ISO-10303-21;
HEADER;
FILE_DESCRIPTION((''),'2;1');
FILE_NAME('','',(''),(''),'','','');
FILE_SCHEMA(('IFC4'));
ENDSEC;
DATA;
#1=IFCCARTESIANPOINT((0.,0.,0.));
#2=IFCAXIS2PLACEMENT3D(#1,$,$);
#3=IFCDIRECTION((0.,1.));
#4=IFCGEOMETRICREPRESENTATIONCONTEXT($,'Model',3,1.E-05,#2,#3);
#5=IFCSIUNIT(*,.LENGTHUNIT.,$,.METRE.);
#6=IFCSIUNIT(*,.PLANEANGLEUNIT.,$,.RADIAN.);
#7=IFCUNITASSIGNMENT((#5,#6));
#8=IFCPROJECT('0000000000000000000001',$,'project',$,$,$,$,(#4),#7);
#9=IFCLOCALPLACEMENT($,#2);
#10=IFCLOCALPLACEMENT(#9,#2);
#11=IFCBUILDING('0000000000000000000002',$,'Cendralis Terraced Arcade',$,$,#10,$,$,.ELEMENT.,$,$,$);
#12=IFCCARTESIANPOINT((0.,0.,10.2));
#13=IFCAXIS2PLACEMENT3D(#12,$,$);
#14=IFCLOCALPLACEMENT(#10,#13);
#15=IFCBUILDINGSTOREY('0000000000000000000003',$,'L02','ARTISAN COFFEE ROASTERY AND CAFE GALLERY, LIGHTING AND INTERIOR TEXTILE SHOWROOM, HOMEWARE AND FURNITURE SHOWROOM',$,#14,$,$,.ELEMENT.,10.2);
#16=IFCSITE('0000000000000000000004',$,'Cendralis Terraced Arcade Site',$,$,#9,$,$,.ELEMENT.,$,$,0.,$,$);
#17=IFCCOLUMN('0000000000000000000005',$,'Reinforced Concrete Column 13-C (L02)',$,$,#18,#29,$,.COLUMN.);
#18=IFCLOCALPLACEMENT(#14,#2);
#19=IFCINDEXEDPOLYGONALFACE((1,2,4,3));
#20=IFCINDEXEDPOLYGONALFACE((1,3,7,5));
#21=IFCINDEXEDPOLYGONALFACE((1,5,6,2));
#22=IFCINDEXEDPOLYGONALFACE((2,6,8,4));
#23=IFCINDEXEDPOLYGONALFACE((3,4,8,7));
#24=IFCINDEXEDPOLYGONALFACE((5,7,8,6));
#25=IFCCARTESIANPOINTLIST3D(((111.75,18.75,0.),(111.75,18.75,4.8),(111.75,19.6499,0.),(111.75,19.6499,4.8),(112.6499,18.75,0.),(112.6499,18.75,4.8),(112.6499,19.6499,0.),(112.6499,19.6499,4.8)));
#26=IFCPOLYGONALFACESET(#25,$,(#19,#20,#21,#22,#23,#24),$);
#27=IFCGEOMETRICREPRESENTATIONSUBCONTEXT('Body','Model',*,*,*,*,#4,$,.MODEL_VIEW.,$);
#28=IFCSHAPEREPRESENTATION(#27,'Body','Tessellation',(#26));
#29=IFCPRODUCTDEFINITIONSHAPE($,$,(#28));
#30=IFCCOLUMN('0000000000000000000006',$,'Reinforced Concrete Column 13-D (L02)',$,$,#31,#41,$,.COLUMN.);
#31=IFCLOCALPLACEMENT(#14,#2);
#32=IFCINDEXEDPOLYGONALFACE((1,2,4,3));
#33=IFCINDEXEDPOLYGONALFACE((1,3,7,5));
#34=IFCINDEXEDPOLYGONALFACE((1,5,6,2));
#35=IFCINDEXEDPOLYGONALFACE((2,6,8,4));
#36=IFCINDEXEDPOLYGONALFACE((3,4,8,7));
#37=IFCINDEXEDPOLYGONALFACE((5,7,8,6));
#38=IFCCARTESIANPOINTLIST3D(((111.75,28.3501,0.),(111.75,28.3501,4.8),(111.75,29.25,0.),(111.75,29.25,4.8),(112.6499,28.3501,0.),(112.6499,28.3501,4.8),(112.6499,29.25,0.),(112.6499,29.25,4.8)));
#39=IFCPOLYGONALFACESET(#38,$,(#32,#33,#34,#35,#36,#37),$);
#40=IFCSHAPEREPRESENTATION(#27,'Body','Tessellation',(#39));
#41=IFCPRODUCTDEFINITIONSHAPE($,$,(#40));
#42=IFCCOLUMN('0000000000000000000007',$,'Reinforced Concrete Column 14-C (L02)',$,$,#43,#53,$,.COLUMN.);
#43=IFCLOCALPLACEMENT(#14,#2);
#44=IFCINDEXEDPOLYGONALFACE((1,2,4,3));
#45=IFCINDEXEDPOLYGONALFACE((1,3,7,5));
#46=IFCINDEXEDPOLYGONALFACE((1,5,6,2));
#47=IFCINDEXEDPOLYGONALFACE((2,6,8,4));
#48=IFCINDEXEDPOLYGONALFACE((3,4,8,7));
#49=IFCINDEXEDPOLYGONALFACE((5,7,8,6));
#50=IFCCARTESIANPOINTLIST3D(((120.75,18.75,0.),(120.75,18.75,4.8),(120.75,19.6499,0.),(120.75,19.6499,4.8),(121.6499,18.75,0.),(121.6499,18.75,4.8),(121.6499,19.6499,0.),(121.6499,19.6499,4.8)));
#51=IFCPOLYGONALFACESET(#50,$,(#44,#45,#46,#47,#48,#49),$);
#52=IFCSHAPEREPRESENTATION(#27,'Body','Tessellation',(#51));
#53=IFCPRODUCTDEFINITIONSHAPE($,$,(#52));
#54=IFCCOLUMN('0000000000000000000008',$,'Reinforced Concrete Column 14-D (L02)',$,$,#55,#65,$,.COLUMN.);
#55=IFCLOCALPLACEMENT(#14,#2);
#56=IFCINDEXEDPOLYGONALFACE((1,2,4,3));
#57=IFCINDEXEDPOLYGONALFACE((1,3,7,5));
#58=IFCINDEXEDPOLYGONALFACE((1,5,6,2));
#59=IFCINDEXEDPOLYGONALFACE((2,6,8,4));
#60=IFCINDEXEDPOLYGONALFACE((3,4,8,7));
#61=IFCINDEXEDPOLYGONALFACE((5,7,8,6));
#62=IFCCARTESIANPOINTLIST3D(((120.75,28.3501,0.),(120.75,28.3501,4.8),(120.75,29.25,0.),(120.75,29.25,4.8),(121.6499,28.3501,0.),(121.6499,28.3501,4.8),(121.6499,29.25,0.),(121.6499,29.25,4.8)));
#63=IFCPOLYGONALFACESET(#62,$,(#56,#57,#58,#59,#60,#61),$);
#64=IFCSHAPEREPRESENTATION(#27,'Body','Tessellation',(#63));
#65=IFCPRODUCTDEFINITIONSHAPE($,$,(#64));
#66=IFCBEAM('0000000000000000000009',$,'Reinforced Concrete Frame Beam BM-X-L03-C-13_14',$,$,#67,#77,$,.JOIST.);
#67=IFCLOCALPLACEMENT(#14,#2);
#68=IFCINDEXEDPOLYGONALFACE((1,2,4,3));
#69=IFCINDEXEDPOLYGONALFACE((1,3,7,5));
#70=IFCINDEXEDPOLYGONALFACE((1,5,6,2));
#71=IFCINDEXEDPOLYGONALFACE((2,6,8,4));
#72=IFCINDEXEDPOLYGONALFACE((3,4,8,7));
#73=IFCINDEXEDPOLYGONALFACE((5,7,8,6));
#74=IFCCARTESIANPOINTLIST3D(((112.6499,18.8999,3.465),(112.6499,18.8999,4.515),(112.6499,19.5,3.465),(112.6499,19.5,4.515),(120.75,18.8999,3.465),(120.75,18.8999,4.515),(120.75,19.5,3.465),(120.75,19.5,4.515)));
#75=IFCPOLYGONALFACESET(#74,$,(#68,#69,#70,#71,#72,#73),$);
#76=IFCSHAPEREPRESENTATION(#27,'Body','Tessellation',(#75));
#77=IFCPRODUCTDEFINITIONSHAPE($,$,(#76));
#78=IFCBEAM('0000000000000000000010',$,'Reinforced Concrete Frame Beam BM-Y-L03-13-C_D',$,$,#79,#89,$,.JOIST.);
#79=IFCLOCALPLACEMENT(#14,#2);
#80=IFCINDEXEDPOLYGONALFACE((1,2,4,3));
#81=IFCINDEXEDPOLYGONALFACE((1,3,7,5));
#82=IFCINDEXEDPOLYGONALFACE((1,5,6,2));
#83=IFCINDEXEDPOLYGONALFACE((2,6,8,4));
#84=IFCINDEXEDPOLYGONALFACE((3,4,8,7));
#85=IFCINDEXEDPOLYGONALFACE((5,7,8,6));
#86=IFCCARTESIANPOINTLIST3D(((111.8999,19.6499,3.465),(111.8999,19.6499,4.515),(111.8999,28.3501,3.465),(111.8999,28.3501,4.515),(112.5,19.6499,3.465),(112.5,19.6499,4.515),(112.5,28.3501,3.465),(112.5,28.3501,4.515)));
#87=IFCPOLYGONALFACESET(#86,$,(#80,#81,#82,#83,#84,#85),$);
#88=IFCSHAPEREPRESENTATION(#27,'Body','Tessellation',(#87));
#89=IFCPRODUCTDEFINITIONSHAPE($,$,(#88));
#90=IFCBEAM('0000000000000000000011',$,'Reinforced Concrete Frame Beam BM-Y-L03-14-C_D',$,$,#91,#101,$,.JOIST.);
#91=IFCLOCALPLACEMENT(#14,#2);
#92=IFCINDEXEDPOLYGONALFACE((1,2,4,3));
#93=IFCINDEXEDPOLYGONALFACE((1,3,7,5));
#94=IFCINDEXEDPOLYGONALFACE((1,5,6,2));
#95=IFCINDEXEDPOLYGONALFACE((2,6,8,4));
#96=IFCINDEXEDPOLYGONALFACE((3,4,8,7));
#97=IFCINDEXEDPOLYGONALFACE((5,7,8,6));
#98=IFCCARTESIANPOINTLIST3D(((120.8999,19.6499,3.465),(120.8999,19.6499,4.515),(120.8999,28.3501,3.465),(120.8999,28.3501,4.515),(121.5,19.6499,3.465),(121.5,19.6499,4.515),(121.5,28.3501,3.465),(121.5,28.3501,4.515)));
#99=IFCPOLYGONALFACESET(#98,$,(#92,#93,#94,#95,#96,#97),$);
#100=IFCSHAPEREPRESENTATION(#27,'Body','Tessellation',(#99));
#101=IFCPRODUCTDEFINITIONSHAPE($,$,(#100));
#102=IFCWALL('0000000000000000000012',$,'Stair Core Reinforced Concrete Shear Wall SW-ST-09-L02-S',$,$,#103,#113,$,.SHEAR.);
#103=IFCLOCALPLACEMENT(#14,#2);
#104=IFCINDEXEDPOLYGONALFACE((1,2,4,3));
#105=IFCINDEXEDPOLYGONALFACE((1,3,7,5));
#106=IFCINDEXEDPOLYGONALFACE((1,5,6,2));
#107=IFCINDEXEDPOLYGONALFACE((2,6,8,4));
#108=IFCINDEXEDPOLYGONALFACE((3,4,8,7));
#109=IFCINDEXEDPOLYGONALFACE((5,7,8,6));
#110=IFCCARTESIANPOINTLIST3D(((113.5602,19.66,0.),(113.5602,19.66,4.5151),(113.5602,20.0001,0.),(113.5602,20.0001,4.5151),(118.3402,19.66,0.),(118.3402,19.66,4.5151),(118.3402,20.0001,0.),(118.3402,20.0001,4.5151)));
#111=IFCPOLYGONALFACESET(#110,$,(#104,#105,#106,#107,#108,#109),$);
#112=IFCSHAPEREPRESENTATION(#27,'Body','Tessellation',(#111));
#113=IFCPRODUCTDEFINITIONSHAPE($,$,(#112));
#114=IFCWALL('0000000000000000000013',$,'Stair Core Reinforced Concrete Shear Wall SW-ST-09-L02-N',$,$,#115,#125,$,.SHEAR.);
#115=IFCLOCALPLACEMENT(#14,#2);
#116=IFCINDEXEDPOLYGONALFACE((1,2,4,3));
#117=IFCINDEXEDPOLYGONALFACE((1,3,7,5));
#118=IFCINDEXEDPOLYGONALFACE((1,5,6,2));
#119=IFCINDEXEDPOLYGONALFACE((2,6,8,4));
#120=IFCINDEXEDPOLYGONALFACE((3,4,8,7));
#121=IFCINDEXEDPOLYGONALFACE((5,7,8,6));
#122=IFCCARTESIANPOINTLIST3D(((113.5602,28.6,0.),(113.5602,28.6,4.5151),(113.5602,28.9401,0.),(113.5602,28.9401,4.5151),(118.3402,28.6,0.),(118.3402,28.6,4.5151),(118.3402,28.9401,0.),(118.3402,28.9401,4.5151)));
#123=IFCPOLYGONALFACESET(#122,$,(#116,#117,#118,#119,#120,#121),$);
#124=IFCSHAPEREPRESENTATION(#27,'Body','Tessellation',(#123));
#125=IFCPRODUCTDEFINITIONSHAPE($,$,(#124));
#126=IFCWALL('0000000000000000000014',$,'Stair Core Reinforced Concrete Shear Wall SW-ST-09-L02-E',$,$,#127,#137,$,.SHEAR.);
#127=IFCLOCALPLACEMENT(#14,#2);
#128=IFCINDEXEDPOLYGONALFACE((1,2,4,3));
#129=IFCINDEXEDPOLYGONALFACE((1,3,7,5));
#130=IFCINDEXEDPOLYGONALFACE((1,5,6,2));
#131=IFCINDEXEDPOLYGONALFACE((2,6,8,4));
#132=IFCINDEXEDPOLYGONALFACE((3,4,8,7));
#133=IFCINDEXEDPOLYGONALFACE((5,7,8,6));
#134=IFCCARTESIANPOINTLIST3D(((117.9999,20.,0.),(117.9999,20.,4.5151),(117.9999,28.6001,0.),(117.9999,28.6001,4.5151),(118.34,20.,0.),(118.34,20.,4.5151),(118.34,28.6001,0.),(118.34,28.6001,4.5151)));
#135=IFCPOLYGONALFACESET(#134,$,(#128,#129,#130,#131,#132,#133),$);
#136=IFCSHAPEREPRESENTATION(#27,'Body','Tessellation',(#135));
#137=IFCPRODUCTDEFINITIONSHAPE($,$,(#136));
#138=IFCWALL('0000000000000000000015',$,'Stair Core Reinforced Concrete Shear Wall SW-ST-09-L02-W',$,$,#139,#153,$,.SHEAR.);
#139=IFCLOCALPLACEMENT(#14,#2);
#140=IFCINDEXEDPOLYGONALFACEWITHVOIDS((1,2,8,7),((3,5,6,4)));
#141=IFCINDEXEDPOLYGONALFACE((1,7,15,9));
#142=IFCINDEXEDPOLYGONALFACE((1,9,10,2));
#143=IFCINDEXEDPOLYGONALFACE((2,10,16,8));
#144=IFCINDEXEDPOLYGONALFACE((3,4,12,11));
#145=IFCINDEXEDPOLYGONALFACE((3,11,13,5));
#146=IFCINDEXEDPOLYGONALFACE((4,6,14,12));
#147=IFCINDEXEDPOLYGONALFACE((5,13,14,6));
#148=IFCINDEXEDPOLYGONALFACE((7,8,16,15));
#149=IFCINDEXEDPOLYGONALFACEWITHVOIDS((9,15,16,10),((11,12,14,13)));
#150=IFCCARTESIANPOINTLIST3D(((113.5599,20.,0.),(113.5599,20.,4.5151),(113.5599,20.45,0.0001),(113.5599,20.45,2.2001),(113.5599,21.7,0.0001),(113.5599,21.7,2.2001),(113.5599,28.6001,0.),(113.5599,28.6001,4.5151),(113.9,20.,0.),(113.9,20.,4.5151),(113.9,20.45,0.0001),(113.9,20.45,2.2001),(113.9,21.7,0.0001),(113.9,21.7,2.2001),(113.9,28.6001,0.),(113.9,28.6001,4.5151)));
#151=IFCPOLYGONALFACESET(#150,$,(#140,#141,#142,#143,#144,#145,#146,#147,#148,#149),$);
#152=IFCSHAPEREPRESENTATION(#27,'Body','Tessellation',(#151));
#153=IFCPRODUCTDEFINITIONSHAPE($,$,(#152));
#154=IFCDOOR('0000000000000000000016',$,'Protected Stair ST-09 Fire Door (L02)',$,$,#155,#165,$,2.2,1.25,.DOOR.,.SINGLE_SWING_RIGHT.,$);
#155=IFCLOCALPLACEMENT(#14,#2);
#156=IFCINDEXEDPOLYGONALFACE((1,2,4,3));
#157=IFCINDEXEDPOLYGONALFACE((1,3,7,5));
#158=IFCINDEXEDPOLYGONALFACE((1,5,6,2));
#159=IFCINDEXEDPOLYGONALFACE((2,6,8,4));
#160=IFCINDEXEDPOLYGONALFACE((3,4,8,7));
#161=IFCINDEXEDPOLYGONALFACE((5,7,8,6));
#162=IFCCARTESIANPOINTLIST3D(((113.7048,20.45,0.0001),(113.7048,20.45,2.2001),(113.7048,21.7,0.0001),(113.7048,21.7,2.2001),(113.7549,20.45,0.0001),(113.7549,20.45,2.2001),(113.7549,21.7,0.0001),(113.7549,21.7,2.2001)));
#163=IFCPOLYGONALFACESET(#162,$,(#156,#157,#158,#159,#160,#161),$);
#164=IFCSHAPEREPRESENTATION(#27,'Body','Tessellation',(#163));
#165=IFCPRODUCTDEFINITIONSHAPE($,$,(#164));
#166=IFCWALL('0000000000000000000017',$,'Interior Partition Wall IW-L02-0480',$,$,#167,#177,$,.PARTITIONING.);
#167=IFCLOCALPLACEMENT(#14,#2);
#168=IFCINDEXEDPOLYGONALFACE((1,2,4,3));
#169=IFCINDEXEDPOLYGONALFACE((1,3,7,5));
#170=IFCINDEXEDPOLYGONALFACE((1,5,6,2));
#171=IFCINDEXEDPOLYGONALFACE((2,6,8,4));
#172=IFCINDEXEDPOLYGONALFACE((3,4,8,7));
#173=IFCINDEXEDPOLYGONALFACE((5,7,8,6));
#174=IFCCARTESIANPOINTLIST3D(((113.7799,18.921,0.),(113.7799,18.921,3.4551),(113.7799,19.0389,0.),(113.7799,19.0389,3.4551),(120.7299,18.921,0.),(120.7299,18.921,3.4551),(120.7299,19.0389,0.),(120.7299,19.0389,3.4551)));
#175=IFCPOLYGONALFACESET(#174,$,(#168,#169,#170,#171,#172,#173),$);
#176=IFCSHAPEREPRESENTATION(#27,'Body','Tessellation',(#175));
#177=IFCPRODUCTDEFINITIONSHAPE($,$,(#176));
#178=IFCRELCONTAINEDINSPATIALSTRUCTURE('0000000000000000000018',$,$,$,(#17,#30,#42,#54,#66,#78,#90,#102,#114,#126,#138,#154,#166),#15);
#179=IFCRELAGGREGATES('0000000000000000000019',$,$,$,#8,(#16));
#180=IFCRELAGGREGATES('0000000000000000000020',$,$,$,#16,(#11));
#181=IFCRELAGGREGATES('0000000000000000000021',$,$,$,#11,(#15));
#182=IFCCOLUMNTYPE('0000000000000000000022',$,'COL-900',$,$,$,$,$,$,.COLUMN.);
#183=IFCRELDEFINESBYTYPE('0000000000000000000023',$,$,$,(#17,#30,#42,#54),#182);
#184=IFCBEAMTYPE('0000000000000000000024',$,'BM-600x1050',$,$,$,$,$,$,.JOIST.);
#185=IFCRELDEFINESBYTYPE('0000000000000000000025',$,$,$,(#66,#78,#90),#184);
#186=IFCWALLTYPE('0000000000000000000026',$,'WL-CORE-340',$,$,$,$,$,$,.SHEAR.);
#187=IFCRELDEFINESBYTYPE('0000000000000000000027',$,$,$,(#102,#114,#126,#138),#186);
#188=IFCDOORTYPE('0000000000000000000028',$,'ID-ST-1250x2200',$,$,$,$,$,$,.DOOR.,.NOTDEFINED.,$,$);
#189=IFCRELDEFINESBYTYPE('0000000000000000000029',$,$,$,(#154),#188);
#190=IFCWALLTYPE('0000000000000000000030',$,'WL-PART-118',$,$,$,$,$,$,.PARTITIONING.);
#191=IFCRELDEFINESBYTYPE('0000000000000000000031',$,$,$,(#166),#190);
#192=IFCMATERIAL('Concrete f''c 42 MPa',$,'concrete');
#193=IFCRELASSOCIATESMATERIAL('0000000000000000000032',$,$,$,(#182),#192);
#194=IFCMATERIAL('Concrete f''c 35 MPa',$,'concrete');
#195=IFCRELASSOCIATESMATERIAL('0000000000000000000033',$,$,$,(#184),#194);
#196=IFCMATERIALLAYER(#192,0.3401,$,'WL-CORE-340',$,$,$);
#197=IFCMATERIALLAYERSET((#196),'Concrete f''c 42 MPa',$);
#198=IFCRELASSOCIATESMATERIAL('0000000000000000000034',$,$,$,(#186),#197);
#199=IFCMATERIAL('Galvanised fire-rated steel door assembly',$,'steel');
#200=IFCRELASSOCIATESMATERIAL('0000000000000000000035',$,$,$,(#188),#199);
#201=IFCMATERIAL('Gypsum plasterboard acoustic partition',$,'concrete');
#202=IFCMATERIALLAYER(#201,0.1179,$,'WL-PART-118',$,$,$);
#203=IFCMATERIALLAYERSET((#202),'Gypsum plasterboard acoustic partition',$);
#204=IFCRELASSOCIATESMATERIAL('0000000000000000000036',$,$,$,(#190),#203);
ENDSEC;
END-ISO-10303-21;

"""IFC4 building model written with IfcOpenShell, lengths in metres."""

from ifc_helpers import new_model, si_unit, direction, frame, frame_2d, origin, origin_2d, place, context, subcontext, project, spatial, rectangle, extrude, material, layer, layer_set, material_profile, profile_set, type_object, element, fill, save


model = new_model("IFC4")

# Units and contexts
model_context = context("Model", 3, precision=1e-05, world=origin(), true_north=direction((0.0, 1.0)))
body_context = subcontext(model_context, "Body", "Model", "MODEL_VIEW")
ifc_project = project(units=[si_unit("LENGTHUNIT", "METRE"), si_unit("PLANEANGLEUNIT", "RADIAN")], contexts=[model_context])

# Site, building, storey
site_placement = place(None, origin())
site = spatial("IfcSite", under=ifc_project, at=site_placement, Name="Cendralis Terraced Arcade Site", CompositionType="ELEMENT", RefElevation=0.0)
building_placement = place(site_placement, origin())
building = spatial("IfcBuilding", under=site, at=building_placement, Name="Cendralis Terraced Arcade", CompositionType="ELEMENT")
storey_placement = place(building_placement, frame((0.0, 0.0, 10.2)))
storey = spatial("IfcBuildingStorey", under=building, at=storey_placement, Name="L02", Description="ARTISAN COFFEE ROASTERY AND CAFE GALLERY, LIGHTING AND INTERIOR TEXTILE SHOWROOM, HOMEWARE AND FURNITURE SHOWROOM", CompositionType="ELEMENT", Elevation=10.2)

# Columns
ifc_material_1 = material(Name="Concrete f'c 42 MPa", Category="concrete")
ifc_material_profile_1 = material_profile(ifc_material_1, rectangle(XDim=0.8999, YDim=0.8999, at=origin_2d()), Name="RC-COL-900x900", Category="LoadBearing")
ifc_profile_set_1 = profile_set([ifc_material_profile_1], Name="Concrete f'c 42 MPa")
column_type = type_object("IfcColumnType", Name="COL-900", PredefinedType="COLUMN", material=ifc_profile_set_1)
for number, where, z_axis, x_axis, name in (
    (1, (112.2, 19.2, 0.0), (0.0, 0.0, 1.0), (1.0, 0.0, 0.0), "Reinforced Concrete Column 13-C (L02)"),
    (2, (112.2, 28.8, 0.0), (0.0, 0.0, 1.0), (1.0, 0.0, 0.0), "Reinforced Concrete Column 13-D (L02)"),
    (3, (121.2, 19.2, 0.0), (0.0, 0.0, 1.0), (1.0, 0.0, 0.0), "Reinforced Concrete Column 14-C (L02)"),
    (4, (121.2, 28.8, 0.0), (0.0, 0.0, 1.0), (1.0, 0.0, 0.0), "Reinforced Concrete Column 14-D (L02)"),
):
    element("IfcColumn", number, at=place(storey_placement, frame(where, z_axis=z_axis, x_axis=x_axis)), inside=storey, type_object=column_type, Name=name, PredefinedType="COLUMN", context=body_context, shape_type="SweptSolid", body=[
        extrude(rectangle(XDim=0.8999, YDim=0.8999, at=origin_2d()), origin(), (0.0, 0.0, 1.0), 4.8),
    ])

# Beams
ifc_material_2 = material(Name="Concrete f'c 35 MPa", Category="concrete")
ifc_material_profile_2 = material_profile(ifc_material_2, rectangle(XDim=0.6001, YDim=1.05, at=origin_2d()), Name="RC-BM-600x1050", Category="LoadBearing")
ifc_profile_set_2 = profile_set([ifc_material_profile_2], Name="Concrete f'c 35 MPa")
beam_type = type_object("IfcBeamType", Name="BM-600x1050", PredefinedType="JOIST", material=ifc_profile_set_2)
beam_placement = place(storey_placement, frame((112.6499, 19.2, 3.99), z_axis=(1.0, 0.0, 0.0), x_axis=(0.0, 1.0, 0.0)))
element("IfcBeam", 5, at=beam_placement, inside=storey, type_object=beam_type, Name="Reinforced Concrete Frame Beam BM-X-L03-C-13_14", PredefinedType="JOIST", context=body_context, shape_type="SweptSolid", body=[
    extrude(rectangle(XDim=0.6001, YDim=1.05, at=origin_2d()), origin(), (0.0, 0.0, 1.0), 8.1001),
])
for number, where, z_axis, x_axis, name in (
    (6, (112.2, 19.6499, 3.99), (0.0, 1.0, 0.0), (-1.0, 0.0, 0.0), "Reinforced Concrete Frame Beam BM-Y-L03-13-C_D"),
    (7, (121.2, 19.6499, 3.99), (0.0, 1.0, 0.0), (-1.0, 0.0, 0.0), "Reinforced Concrete Frame Beam BM-Y-L03-14-C_D"),
):
    element("IfcBeam", number, at=place(storey_placement, frame(where, z_axis=z_axis, x_axis=x_axis)), inside=storey, type_object=beam_type, Name=name, PredefinedType="JOIST", context=body_context, shape_type="SweptSolid", body=[
        extrude(rectangle(XDim=0.6001, YDim=1.05, at=origin_2d()), origin(), (0.0, 0.0, 1.0), 8.7002),
    ])

# Walls
ifc_layer_1 = layer(ifc_material_1, 0.3401, Name="WL-CORE-340")
ifc_layer_set_1 = layer_set([ifc_layer_1], Name="Concrete f'c 42 MPa")
wall_type_1 = type_object("IfcWallType", Name="WL-CORE-340", PredefinedType="SHEAR", material=ifc_layer_set_1)
for number, where, z_axis, x_axis, name in (
    (8, (113.5601, 19.8301, 0.0), (0.0, 0.0, 1.0), (1.0, 0.0, 0.0), "Stair Core Reinforced Concrete Shear Wall SW-ST-09-L02-S"),
    (9, (113.5601, 28.77, 0.0), (0.0, 0.0, 1.0), (1.0, 0.0, 0.0), "Stair Core Reinforced Concrete Shear Wall SW-ST-09-L02-N"),
):
    element("IfcWall", number, at=place(storey_placement, frame(where, z_axis=z_axis, x_axis=x_axis)), inside=storey, type_object=wall_type_1, Name=name, PredefinedType="SHEAR", context=body_context, shape_type="SweptSolid", body=[
        extrude(rectangle(XDim=4.78, YDim=0.3401, at=frame_2d((2.3901, 0.0))), origin(), (0.0, 0.0, 1.0), 4.5151),
    ])
wall_1_placement = place(storey_placement, frame((118.1699, 20.0, 0.0), z_axis=(0.0, 0.0, 1.0), x_axis=(0.0, 1.0, 0.0)))
element("IfcWall", 10, at=wall_1_placement, inside=storey, type_object=wall_type_1, Name="Stair Core Reinforced Concrete Shear Wall SW-ST-09-L02-E", PredefinedType="SHEAR", context=body_context, shape_type="SweptSolid", body=[
    extrude(rectangle(XDim=8.6001, YDim=0.3401, at=frame_2d((4.3, 0.0))), origin(), (0.0, 0.0, 1.0), 4.5151),
])

# Wall, opening, door
wall_2_placement = place(storey_placement, frame((113.73, 20.0, 0.0), z_axis=(0.0, 0.0, 1.0), x_axis=(0.0, 1.0, 0.0)))
wall_2 = element("IfcWall", 11, at=wall_2_placement, inside=storey, type_object=wall_type_1, Name="Stair Core Reinforced Concrete Shear Wall SW-ST-09-L02-W", PredefinedType="SHEAR", context=body_context, shape_type="SweptSolid", body=[
    extrude(rectangle(XDim=8.6001, YDim=0.3401, at=frame_2d((4.3, 0.0))), origin(), (0.0, 0.0, 1.0), 4.5151),
])
opening_1_placement = place(wall_2_placement, frame((0.45, 0.0, 0.0)))
opening_1 = element("IfcOpeningElement", 12, at=opening_1_placement, cuts=wall_2, PredefinedType="OPENING", context=body_context, shape_type="SweptSolid", body=[
    extrude(rectangle(XDim=1.25, YDim=2.2, at=frame_2d((0.625, 1.1001))), frame((0.0, 0.1821, 0.0), z_axis=(0.0, -1.0, 0.0), x_axis=(1.0, 0.0, 0.0)), (0.0, 0.0, 1.0), 0.364),
])
ifc_material_3 = material(Name="Galvanised fire-rated steel door assembly", Category="steel")
door_type_1 = type_object("IfcDoorType", Name="ID-ST-1250x2200", OperationType="NOTDEFINED", PredefinedType="DOOR", material=ifc_material_3)
door_1_placement = place(opening_1_placement, frame((1.25, 0.0, 0.0), z_axis=(0.0, 0.0, 1.0), x_axis=(-1.0, 0.0, 0.0)))
door_1 = element("IfcDoor", 13, at=door_1_placement, inside=storey, type_object=door_type_1, Name="Protected Stair ST-09 Fire Door (L02)", OperationType="SINGLE_SWING_RIGHT", OverallHeight=2.2, OverallWidth=1.25, PredefinedType="DOOR", context=body_context, shape_type="SweptSolid", body=[
    extrude(rectangle(XDim=1.25, YDim=2.2, at=frame_2d((0.625, 1.1001))), frame((0.0, 0.0249, 0.0), z_axis=(0.0, -1.0, 0.0), x_axis=(1.0, 0.0, 0.0)), (0.0, 0.0, 1.0), 0.05),
])
fill(opening_1, door_1)

# Wall
ifc_material_4 = material(Name="Gypsum plasterboard acoustic partition", Category="concrete")
ifc_layer_2 = layer(ifc_material_4, 0.1179, Name="WL-PART-118")
ifc_layer_set_2 = layer_set([ifc_layer_2], Name="Gypsum plasterboard acoustic partition")
wall_type_2 = type_object("IfcWallType", Name="WL-PART-118", PredefinedType="PARTITIONING", material=ifc_layer_set_2)
wall_3_placement = place(storey_placement, frame((120.73, 18.98, 0.0), z_axis=(0.0, 0.0, 1.0), x_axis=(-1.0, 0.0, 0.0)))
element("IfcWall", 14, at=wall_3_placement, inside=storey, type_object=wall_type_2, Name="Interior Partition Wall IW-L02-0480", PredefinedType="PARTITIONING", context=body_context, shape_type="SweptSolid", body=[
    extrude(rectangle(XDim=6.95, YDim=0.1179, at=frame_2d((3.4751, 0.0))), origin(), (0.0, 0.0, 1.0), 3.4551),
])

save(model, "model.ifc")
